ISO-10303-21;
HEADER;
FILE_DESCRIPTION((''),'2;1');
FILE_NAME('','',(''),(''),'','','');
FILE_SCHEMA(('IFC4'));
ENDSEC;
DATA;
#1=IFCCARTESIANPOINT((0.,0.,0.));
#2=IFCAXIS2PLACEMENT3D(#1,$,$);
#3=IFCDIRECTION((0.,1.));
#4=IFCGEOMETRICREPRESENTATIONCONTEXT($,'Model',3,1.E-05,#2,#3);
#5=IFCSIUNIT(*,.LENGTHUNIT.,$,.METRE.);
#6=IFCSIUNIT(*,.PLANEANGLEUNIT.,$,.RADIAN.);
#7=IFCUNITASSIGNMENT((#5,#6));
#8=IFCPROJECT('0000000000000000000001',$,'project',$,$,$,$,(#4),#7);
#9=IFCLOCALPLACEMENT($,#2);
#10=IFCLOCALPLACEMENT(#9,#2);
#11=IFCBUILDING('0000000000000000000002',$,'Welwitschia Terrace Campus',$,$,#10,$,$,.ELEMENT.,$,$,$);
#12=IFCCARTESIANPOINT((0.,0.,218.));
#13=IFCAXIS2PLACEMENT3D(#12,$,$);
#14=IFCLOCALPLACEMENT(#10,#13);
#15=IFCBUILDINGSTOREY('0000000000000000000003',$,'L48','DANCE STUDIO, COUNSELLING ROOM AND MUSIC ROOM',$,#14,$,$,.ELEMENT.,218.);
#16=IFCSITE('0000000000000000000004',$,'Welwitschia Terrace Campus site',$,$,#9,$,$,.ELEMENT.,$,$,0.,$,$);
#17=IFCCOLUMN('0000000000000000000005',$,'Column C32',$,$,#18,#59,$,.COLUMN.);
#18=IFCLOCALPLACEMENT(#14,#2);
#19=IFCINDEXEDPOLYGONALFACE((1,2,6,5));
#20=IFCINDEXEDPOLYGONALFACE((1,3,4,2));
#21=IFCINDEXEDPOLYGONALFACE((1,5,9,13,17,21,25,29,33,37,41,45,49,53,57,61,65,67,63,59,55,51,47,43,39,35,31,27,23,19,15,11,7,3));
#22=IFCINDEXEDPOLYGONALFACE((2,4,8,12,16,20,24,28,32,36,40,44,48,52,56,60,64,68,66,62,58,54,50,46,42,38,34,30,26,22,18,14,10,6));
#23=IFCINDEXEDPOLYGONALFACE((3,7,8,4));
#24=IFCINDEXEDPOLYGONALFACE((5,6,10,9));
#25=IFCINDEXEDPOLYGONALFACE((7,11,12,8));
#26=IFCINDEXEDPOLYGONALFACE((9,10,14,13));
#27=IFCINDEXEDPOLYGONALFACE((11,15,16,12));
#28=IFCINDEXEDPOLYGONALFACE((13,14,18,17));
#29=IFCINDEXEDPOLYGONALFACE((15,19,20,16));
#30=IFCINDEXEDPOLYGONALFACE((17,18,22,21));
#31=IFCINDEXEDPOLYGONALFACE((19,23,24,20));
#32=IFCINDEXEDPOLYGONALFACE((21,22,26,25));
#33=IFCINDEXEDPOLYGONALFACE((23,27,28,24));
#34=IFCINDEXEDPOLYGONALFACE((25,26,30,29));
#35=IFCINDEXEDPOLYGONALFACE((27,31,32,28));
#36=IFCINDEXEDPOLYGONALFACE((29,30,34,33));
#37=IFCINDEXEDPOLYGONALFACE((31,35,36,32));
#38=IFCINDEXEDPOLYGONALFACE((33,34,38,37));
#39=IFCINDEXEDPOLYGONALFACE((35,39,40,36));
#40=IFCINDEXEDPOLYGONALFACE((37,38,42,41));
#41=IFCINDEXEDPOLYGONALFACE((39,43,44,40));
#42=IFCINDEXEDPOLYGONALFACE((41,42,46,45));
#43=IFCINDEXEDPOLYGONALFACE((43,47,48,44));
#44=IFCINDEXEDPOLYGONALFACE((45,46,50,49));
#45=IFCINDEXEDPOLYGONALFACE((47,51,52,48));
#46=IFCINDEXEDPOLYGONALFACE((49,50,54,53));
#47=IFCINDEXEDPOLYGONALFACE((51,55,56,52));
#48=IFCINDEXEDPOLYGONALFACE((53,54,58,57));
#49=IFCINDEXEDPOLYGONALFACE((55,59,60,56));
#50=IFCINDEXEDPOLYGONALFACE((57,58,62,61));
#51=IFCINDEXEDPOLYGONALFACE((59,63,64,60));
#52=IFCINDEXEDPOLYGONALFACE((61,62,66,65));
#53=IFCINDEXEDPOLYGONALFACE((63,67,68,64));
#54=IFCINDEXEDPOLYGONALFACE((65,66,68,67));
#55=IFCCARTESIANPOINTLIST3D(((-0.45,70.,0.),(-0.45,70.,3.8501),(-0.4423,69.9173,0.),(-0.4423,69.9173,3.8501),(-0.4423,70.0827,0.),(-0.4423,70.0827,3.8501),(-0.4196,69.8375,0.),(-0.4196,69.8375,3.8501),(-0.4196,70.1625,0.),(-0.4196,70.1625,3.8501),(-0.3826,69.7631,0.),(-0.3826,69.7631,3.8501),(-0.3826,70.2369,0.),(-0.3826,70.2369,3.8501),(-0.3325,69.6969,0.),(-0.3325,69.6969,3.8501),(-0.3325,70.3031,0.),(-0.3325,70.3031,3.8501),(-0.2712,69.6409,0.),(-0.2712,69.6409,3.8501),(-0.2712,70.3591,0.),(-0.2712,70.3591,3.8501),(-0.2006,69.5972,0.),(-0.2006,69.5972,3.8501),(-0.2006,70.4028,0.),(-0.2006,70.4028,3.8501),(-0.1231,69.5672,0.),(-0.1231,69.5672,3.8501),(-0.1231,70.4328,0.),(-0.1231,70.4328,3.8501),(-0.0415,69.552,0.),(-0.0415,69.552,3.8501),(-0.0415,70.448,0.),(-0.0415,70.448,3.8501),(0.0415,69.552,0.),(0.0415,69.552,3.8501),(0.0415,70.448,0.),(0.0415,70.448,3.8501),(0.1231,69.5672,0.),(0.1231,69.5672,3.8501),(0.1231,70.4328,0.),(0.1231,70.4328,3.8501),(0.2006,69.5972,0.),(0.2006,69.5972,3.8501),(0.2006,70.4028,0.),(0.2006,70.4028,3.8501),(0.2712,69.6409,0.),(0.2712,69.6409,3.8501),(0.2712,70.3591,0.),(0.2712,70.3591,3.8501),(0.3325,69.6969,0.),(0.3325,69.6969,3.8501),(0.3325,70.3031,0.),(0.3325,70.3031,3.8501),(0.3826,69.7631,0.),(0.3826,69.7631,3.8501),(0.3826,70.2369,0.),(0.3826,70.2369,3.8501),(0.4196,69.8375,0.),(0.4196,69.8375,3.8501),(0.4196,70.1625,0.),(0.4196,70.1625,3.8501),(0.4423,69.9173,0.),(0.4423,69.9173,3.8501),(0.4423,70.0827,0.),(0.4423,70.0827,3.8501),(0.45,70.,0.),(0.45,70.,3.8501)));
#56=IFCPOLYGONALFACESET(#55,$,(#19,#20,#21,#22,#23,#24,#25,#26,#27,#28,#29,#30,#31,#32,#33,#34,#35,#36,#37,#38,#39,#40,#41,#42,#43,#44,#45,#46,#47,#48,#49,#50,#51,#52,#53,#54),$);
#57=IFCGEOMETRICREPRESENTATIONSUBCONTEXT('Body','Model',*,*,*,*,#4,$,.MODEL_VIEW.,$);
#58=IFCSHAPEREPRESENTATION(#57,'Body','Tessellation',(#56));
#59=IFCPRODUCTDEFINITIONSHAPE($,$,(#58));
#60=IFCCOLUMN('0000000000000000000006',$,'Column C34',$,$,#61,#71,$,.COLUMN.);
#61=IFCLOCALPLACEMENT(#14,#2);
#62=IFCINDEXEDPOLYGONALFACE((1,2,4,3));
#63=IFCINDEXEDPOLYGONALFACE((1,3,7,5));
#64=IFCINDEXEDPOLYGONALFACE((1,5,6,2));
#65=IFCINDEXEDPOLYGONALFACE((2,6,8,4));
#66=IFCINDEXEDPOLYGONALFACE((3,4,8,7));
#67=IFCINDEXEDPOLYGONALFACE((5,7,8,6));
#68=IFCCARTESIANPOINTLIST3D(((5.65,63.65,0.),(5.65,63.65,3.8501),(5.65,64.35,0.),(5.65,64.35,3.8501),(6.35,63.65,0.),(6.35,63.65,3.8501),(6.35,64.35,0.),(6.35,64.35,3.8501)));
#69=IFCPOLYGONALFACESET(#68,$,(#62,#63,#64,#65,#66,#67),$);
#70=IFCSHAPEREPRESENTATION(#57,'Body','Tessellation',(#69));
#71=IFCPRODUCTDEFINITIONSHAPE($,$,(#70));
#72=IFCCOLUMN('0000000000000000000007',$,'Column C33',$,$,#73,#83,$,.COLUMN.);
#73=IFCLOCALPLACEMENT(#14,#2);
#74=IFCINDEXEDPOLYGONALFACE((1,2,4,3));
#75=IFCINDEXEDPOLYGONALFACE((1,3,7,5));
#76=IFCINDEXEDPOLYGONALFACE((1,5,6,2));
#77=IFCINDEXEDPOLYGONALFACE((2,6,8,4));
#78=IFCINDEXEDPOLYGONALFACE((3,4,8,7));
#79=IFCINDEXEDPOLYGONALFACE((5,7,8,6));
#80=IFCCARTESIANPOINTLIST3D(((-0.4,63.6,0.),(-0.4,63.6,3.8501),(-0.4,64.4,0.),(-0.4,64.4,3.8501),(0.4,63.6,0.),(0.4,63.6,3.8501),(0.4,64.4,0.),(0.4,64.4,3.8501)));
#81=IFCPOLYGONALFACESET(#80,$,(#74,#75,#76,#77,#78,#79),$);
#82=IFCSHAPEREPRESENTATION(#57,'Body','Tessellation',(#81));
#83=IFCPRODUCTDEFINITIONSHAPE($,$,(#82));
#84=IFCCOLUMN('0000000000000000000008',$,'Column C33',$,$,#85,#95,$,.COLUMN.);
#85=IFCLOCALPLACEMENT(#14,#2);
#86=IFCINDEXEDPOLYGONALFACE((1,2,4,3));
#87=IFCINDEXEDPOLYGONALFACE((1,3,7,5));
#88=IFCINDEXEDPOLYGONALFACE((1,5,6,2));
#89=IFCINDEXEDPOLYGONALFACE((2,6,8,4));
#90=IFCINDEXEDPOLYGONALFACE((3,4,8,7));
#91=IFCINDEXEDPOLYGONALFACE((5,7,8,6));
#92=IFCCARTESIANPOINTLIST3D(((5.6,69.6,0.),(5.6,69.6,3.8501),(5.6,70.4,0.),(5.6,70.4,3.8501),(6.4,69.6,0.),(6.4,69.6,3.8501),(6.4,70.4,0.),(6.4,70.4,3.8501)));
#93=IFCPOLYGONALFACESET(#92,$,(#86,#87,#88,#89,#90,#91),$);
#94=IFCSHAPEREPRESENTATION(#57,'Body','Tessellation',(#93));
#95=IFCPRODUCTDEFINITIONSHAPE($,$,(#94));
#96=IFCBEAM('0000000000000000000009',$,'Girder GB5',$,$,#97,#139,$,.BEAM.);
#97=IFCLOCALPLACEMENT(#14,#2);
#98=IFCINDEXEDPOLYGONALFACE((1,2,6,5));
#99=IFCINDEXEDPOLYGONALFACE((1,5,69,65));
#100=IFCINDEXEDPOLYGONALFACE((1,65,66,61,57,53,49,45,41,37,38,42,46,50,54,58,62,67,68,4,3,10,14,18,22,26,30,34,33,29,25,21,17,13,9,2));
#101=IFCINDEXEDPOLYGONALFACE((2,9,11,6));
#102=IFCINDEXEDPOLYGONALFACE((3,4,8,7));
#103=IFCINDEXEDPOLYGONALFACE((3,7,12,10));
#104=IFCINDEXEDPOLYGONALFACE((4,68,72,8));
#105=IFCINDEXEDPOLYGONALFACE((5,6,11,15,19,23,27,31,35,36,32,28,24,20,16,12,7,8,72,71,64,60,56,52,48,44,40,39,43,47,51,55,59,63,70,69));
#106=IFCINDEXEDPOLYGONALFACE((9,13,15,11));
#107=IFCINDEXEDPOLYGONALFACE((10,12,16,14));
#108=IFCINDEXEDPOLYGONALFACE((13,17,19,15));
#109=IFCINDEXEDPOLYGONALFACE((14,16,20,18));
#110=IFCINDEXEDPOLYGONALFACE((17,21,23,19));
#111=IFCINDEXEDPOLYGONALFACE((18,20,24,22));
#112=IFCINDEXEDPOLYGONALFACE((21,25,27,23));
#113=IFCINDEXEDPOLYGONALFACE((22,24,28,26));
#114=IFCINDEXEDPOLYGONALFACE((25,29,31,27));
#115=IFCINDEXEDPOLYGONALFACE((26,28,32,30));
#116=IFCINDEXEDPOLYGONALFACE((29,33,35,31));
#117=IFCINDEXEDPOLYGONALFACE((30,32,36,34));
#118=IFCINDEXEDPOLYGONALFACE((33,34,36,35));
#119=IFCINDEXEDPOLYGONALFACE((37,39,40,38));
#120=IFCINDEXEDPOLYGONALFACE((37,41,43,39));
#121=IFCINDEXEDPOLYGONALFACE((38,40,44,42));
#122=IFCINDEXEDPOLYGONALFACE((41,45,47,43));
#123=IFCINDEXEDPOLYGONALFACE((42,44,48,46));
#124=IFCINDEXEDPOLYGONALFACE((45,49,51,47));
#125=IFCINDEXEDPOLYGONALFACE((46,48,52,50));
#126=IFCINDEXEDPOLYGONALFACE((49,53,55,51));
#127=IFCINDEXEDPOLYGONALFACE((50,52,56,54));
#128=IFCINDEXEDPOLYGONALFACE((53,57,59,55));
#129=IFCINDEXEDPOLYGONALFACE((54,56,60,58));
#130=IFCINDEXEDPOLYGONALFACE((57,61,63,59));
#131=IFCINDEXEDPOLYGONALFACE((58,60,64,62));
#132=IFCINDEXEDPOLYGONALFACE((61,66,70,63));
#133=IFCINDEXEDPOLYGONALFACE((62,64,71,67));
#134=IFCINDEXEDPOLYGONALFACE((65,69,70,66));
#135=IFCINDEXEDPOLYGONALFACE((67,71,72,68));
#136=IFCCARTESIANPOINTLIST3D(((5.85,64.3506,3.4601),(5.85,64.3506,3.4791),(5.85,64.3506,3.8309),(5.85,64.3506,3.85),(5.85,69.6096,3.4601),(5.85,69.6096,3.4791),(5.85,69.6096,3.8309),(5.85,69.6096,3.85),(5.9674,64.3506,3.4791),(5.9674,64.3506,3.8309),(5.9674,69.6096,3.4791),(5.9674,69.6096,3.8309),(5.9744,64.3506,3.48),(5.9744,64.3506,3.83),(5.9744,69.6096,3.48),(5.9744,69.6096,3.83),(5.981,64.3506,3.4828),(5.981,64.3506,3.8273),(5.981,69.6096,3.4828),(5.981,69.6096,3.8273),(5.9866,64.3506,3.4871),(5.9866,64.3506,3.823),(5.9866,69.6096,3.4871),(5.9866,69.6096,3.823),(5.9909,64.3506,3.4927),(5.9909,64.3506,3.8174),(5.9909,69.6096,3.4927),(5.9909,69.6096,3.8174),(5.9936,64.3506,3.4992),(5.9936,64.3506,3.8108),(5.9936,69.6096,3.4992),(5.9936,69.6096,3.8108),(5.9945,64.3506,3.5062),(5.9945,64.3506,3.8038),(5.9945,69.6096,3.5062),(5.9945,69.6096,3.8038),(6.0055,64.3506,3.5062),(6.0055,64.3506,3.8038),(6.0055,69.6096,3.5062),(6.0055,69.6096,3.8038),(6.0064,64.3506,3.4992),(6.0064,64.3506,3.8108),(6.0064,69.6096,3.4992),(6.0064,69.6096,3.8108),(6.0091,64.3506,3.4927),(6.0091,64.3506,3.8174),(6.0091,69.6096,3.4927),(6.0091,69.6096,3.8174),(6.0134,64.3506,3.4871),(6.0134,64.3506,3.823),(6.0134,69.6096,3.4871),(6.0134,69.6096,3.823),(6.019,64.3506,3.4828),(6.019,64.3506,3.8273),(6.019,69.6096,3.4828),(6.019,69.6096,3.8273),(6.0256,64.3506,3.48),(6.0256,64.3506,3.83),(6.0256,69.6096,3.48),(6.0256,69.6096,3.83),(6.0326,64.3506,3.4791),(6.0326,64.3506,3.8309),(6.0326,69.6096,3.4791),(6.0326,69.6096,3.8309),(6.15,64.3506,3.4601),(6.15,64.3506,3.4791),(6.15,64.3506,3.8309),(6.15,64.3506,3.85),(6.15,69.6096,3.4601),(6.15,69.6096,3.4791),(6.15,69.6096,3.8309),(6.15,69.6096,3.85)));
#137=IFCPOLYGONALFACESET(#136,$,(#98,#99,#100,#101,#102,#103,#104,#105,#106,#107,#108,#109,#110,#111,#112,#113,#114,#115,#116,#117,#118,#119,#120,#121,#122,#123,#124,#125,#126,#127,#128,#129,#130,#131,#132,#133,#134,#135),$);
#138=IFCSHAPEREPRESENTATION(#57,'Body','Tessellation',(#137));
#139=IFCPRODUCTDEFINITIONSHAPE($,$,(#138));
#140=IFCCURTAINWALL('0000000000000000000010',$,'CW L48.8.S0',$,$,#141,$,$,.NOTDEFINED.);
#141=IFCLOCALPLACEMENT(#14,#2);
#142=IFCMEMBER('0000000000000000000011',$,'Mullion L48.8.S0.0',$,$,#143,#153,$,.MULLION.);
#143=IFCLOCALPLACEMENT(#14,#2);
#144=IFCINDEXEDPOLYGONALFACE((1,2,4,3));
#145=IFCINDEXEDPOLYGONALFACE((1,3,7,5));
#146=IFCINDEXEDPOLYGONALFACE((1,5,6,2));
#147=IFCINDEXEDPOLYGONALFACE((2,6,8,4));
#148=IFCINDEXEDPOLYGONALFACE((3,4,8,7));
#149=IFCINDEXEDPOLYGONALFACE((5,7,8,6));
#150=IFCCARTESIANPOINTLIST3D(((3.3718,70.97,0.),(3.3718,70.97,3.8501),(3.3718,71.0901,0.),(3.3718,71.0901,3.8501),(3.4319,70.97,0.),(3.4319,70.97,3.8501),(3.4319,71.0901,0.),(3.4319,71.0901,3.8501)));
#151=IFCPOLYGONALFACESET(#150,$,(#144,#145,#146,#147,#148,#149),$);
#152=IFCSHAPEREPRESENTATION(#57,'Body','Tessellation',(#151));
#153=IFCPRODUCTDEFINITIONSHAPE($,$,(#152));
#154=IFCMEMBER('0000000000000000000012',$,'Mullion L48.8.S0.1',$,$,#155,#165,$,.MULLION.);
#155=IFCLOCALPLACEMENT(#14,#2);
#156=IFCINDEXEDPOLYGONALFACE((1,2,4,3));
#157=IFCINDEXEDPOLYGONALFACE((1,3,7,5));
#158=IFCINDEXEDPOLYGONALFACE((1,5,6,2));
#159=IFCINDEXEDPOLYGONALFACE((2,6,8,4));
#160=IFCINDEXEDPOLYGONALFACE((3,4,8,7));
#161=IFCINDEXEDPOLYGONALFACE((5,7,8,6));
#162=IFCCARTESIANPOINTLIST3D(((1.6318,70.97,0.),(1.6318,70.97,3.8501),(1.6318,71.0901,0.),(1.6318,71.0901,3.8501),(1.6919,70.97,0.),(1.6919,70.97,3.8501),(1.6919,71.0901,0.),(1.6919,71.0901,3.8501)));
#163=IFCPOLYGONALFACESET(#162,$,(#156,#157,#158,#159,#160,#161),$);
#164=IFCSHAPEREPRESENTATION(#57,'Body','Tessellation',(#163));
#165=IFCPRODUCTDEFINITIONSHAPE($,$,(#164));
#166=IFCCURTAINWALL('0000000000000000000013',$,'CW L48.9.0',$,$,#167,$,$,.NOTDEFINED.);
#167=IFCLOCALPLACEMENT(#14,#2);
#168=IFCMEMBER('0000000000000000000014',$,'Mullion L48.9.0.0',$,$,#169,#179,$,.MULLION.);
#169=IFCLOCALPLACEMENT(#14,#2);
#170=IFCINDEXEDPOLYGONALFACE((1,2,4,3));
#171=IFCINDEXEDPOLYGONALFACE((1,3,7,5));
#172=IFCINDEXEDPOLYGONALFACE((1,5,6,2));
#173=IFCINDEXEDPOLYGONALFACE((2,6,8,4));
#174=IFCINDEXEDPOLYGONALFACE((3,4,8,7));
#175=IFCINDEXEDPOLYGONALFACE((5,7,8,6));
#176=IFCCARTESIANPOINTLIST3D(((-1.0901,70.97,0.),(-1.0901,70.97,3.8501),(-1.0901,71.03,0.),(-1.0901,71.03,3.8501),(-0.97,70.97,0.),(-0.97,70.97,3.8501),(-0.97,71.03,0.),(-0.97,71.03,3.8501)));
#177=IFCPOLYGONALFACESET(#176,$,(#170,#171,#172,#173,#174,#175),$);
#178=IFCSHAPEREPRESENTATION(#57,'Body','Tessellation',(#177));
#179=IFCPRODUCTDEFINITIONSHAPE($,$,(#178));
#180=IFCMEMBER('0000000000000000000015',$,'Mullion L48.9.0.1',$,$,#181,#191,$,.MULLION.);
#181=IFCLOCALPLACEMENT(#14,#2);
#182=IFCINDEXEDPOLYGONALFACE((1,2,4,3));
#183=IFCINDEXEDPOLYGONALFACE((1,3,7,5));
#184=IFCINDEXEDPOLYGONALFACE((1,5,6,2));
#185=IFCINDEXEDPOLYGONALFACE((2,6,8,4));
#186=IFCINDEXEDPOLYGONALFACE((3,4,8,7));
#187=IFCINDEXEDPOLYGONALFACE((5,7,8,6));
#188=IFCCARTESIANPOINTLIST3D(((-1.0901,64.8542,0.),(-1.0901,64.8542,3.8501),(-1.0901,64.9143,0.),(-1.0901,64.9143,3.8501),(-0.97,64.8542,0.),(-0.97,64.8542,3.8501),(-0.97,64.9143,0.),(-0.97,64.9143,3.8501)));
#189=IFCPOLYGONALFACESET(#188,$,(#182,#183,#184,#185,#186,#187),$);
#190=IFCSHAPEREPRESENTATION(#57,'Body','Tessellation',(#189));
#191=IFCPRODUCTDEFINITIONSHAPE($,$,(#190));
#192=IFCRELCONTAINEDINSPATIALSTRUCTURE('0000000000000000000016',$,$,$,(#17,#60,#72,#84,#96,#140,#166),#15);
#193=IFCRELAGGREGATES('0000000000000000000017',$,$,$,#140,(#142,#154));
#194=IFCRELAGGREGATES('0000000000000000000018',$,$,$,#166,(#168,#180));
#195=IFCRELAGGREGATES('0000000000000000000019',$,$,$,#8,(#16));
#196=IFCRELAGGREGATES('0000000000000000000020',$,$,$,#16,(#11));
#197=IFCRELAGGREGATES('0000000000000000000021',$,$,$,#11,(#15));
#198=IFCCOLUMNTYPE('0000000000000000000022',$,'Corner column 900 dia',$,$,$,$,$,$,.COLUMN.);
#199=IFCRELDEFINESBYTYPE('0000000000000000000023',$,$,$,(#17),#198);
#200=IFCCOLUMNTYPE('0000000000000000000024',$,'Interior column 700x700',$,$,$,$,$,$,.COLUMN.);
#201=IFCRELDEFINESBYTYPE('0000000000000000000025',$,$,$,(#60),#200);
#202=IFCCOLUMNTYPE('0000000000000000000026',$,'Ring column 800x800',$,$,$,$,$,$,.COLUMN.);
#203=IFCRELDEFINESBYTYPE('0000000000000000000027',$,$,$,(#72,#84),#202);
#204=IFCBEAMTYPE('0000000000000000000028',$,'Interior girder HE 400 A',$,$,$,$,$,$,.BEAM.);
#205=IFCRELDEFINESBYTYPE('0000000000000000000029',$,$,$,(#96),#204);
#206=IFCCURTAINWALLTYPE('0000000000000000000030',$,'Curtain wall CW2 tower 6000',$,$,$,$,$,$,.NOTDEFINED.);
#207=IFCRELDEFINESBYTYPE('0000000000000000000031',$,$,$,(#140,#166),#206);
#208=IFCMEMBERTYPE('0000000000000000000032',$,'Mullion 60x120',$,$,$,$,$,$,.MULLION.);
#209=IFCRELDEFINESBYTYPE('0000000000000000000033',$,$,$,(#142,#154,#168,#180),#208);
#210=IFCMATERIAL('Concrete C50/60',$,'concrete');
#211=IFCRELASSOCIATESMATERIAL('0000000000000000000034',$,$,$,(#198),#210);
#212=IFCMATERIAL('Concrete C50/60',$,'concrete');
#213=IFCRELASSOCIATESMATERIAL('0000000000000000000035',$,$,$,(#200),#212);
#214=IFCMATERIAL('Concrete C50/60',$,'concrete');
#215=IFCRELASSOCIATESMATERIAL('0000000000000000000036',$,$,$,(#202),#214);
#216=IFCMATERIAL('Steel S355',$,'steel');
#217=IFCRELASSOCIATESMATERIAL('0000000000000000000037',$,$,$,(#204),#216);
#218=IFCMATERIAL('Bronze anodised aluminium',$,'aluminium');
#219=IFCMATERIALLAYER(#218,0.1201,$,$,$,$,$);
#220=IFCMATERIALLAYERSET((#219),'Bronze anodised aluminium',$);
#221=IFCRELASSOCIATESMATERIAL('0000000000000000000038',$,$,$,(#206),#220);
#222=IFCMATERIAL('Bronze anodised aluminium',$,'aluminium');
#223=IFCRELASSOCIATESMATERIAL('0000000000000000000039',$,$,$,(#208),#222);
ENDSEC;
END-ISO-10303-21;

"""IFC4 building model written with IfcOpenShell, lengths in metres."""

from ifc_helpers import new_model, si_unit, direction, frame, origin, origin_2d, place, context, subcontext, project, spatial, rectangle, circle, i_section, extrude, material, layer, layer_set, material_profile, profile_set, type_object, element, aggregate, save


model = new_model("IFC4")

# Units and contexts
model_context = context("Model", 3, precision=1e-05, world=origin(), true_north=direction((0.0, 1.0)))
body_context = subcontext(model_context, "Body", "Model", "MODEL_VIEW")
ifc_project = project(units=[si_unit("LENGTHUNIT", "METRE"), si_unit("PLANEANGLEUNIT", "RADIAN")], contexts=[model_context])

# Site, building, storey
site_placement = place(None, origin())
site = spatial("IfcSite", under=ifc_project, at=site_placement, Name="Welwitschia Terrace Campus site", CompositionType="ELEMENT", RefElevation=0.0)
building_placement = place(site_placement, origin())
building = spatial("IfcBuilding", under=site, at=building_placement, Name="Welwitschia Terrace Campus", CompositionType="ELEMENT")
storey_placement = place(building_placement, frame((0.0, 0.0, 218.0)))
storey = spatial("IfcBuildingStorey", under=building, at=storey_placement, Name="L48", Description="DANCE STUDIO, COUNSELLING ROOM AND MUSIC ROOM", CompositionType="ELEMENT", Elevation=218.0)

# Columns
ifc_material_1 = material(Name="Concrete C50/60", Category="concrete")
ifc_material_profile_1 = material_profile(ifc_material_1, circle(Radius=0.45, at=origin_2d()))
ifc_profile_set_1 = profile_set([ifc_material_profile_1], Name="Concrete C50/60")
column_type_1 = type_object("IfcColumnType", Name="Corner column 900 dia", PredefinedType="COLUMN", material=ifc_profile_set_1)
column_1_placement = place(storey_placement, frame((0.0, 70.0, 0.0), z_axis=(0.0, 0.0, 1.0), x_axis=(1.0, 0.0, 0.0)))
element("IfcColumn", 1, at=column_1_placement, inside=storey, type_object=column_type_1, Name="Column C32", PredefinedType="COLUMN", context=body_context, shape_type="SweptSolid", body=[
    extrude(circle(Radius=0.45, at=origin_2d()), origin(), (0.0, 0.0, 1.0), 3.8501),
])
ifc_material_2 = material(Name="Concrete C50/60", Category="concrete")
ifc_material_profile_2 = material_profile(ifc_material_2, rectangle(XDim=0.7, YDim=0.7, at=origin_2d()))
ifc_profile_set_2 = profile_set([ifc_material_profile_2], Name="Concrete C50/60")
column_type_2 = type_object("IfcColumnType", Name="Interior column 700x700", PredefinedType="COLUMN", material=ifc_profile_set_2)
column_2_placement = place(storey_placement, frame((6.0, 64.0, 0.0), z_axis=(0.0, 0.0, 1.0), x_axis=(1.0, 0.0, 0.0)))
element("IfcColumn", 2, at=column_2_placement, inside=storey, type_object=column_type_2, Name="Column C34", PredefinedType="COLUMN", context=body_context, shape_type="SweptSolid", body=[
    extrude(rectangle(XDim=0.7, YDim=0.7, at=origin_2d()), origin(), (0.0, 0.0, 1.0), 3.8501),
])
ifc_material_3 = material(Name="Concrete C50/60", Category="concrete")
ifc_material_profile_3 = material_profile(ifc_material_3, rectangle(XDim=0.8, YDim=0.8, at=origin_2d()))
ifc_profile_set_3 = profile_set([ifc_material_profile_3], Name="Concrete C50/60")
column_type_3 = type_object("IfcColumnType", Name="Ring column 800x800", PredefinedType="COLUMN", material=ifc_profile_set_3)
for number, where, z_axis, x_axis, name in (
    (3, (0.0, 64.0, 0.0), (0.0, 0.0, 1.0), (1.0, 0.0, 0.0), "Column C33"),
    (4, (6.0, 70.0, 0.0), (0.0, 0.0, 1.0), (1.0, 0.0, 0.0), "Column C33"),
):
    element("IfcColumn", number, at=place(storey_placement, frame(where, z_axis=z_axis, x_axis=x_axis)), inside=storey, type_object=column_type_3, Name=name, PredefinedType="COLUMN", context=body_context, shape_type="SweptSolid", body=[
        extrude(rectangle(XDim=0.8, YDim=0.8, at=origin_2d()), origin(), (0.0, 0.0, 1.0), 3.8501),
    ])

# Beam
ifc_material_4 = material(Name="Steel S355", Category="steel")
ifc_material_profile_4 = material_profile(ifc_material_4, i_section(OverallWidth=0.3, OverallDepth=0.3899, WebThickness=0.011, FlangeThickness=0.019, FilletRadius=0.0271, at=origin_2d()))
ifc_profile_set_4 = profile_set([ifc_material_profile_4], Name="Steel S355")
beam_type_1 = type_object("IfcBeamType", Name="Interior girder HE 400 A", PredefinedType="BEAM", material=ifc_profile_set_4)
beam_1_placement = place(storey_placement, frame((6.0, 64.3506, 3.655), z_axis=(0.0, 1.0, 0.0), x_axis=(-1.0, 0.0, 0.0)))
element("IfcBeam", 5, at=beam_1_placement, inside=storey, type_object=beam_type_1, Name="Girder GB5", PredefinedType="BEAM", context=body_context, shape_type="SweptSolid", body=[
    extrude(i_section(OverallWidth=0.3, OverallDepth=0.3899, WebThickness=0.011, FlangeThickness=0.019, FilletRadius=0.0271, at=origin_2d()), origin(), (0.0, 0.0, 1.0), 5.259),
])

# Curtain walls, members
ifc_material_5 = material(Name="Bronze anodised aluminium", Category="aluminium")
ifc_layer_1 = layer(ifc_material_5, 0.1201)
ifc_layer_set_1 = layer_set([ifc_layer_1], Name="Bronze anodised aluminium")
curtain_wall_type = type_object("IfcCurtainWallType", Name="Curtain wall CW2 tower 6000", PredefinedType="NOTDEFINED", material=ifc_layer_set_1)
curtain_wall_1_placement = place(storey_placement, origin())
curtain_wall_1 = element("IfcCurtainWall", 6, at=curtain_wall_1_placement, inside=storey, type_object=curtain_wall_type, Name="CW L48.8.S0", PredefinedType="NOTDEFINED")
ifc_material_6 = material(Name="Bronze anodised aluminium", Category="aluminium")
ifc_material_profile_5 = material_profile(ifc_material_6, rectangle(XDim=0.1201, YDim=0.0601, at=origin_2d()))
ifc_profile_set_5 = profile_set([ifc_material_profile_5], Name="Bronze anodised aluminium")
member_type_1 = type_object("IfcMemberType", Name="Mullion 60x120", PredefinedType="MULLION", material=ifc_profile_set_5)
member_1_placement = place(storey_placement, frame((3.4019, 71.03, 0.0), z_axis=(0.0, 0.0, 1.0), x_axis=(0.0, -1.0, 0.0)))
member_1 = element("IfcMember", 7, at=member_1_placement, type_object=member_type_1, Name="Mullion L48.8.S0.0", PredefinedType="MULLION", context=body_context, shape_type="SweptSolid", body=[
    extrude(rectangle(XDim=0.1201, YDim=0.0601, at=origin_2d()), origin(), (0.0, 0.0, 1.0), 3.8501),
])
member_2_placement = place(storey_placement, frame((1.6619, 71.03, 0.0), z_axis=(0.0, 0.0, 1.0), x_axis=(0.0, -1.0, 0.0)))
member_2 = element("IfcMember", 8, at=member_2_placement, type_object=member_type_1, Name="Mullion L48.8.S0.1", PredefinedType="MULLION", context=body_context, shape_type="SweptSolid", body=[
    extrude(rectangle(XDim=0.1201, YDim=0.0601, at=origin_2d()), origin(), (0.0, 0.0, 1.0), 3.8501),
])
curtain_wall_2_placement = place(storey_placement, origin())
curtain_wall_2 = element("IfcCurtainWall", 9, at=curtain_wall_2_placement, inside=storey, type_object=curtain_wall_type, Name="CW L48.9.0", PredefinedType="NOTDEFINED")
member_3_placement = place(storey_placement, frame((-1.03, 71.0, 0.0), z_axis=(0.0, 0.0, 1.0), x_axis=(1.0, 0.0, 0.0)))
member_3 = element("IfcMember", 10, at=member_3_placement, type_object=member_type_1, Name="Mullion L48.9.0.0", PredefinedType="MULLION", context=body_context, shape_type="SweptSolid", body=[
    extrude(rectangle(XDim=0.1201, YDim=0.0601, at=origin_2d()), origin(), (0.0, 0.0, 1.0), 3.8501),
])
member_4_placement = place(storey_placement, frame((-1.03, 64.8843, 0.0), z_axis=(0.0, 0.0, 1.0), x_axis=(1.0, 0.0, 0.0)))
member_4 = element("IfcMember", 11, at=member_4_placement, type_object=member_type_1, Name="Mullion L48.9.0.1", PredefinedType="MULLION", context=body_context, shape_type="SweptSolid", body=[
    extrude(rectangle(XDim=0.1201, YDim=0.0601, at=origin_2d()), origin(), (0.0, 0.0, 1.0), 3.8501),
])

aggregate(curtain_wall_1, [member_1, member_2])
aggregate(curtain_wall_2, [member_3, member_4])

save(model, "model.ifc")
